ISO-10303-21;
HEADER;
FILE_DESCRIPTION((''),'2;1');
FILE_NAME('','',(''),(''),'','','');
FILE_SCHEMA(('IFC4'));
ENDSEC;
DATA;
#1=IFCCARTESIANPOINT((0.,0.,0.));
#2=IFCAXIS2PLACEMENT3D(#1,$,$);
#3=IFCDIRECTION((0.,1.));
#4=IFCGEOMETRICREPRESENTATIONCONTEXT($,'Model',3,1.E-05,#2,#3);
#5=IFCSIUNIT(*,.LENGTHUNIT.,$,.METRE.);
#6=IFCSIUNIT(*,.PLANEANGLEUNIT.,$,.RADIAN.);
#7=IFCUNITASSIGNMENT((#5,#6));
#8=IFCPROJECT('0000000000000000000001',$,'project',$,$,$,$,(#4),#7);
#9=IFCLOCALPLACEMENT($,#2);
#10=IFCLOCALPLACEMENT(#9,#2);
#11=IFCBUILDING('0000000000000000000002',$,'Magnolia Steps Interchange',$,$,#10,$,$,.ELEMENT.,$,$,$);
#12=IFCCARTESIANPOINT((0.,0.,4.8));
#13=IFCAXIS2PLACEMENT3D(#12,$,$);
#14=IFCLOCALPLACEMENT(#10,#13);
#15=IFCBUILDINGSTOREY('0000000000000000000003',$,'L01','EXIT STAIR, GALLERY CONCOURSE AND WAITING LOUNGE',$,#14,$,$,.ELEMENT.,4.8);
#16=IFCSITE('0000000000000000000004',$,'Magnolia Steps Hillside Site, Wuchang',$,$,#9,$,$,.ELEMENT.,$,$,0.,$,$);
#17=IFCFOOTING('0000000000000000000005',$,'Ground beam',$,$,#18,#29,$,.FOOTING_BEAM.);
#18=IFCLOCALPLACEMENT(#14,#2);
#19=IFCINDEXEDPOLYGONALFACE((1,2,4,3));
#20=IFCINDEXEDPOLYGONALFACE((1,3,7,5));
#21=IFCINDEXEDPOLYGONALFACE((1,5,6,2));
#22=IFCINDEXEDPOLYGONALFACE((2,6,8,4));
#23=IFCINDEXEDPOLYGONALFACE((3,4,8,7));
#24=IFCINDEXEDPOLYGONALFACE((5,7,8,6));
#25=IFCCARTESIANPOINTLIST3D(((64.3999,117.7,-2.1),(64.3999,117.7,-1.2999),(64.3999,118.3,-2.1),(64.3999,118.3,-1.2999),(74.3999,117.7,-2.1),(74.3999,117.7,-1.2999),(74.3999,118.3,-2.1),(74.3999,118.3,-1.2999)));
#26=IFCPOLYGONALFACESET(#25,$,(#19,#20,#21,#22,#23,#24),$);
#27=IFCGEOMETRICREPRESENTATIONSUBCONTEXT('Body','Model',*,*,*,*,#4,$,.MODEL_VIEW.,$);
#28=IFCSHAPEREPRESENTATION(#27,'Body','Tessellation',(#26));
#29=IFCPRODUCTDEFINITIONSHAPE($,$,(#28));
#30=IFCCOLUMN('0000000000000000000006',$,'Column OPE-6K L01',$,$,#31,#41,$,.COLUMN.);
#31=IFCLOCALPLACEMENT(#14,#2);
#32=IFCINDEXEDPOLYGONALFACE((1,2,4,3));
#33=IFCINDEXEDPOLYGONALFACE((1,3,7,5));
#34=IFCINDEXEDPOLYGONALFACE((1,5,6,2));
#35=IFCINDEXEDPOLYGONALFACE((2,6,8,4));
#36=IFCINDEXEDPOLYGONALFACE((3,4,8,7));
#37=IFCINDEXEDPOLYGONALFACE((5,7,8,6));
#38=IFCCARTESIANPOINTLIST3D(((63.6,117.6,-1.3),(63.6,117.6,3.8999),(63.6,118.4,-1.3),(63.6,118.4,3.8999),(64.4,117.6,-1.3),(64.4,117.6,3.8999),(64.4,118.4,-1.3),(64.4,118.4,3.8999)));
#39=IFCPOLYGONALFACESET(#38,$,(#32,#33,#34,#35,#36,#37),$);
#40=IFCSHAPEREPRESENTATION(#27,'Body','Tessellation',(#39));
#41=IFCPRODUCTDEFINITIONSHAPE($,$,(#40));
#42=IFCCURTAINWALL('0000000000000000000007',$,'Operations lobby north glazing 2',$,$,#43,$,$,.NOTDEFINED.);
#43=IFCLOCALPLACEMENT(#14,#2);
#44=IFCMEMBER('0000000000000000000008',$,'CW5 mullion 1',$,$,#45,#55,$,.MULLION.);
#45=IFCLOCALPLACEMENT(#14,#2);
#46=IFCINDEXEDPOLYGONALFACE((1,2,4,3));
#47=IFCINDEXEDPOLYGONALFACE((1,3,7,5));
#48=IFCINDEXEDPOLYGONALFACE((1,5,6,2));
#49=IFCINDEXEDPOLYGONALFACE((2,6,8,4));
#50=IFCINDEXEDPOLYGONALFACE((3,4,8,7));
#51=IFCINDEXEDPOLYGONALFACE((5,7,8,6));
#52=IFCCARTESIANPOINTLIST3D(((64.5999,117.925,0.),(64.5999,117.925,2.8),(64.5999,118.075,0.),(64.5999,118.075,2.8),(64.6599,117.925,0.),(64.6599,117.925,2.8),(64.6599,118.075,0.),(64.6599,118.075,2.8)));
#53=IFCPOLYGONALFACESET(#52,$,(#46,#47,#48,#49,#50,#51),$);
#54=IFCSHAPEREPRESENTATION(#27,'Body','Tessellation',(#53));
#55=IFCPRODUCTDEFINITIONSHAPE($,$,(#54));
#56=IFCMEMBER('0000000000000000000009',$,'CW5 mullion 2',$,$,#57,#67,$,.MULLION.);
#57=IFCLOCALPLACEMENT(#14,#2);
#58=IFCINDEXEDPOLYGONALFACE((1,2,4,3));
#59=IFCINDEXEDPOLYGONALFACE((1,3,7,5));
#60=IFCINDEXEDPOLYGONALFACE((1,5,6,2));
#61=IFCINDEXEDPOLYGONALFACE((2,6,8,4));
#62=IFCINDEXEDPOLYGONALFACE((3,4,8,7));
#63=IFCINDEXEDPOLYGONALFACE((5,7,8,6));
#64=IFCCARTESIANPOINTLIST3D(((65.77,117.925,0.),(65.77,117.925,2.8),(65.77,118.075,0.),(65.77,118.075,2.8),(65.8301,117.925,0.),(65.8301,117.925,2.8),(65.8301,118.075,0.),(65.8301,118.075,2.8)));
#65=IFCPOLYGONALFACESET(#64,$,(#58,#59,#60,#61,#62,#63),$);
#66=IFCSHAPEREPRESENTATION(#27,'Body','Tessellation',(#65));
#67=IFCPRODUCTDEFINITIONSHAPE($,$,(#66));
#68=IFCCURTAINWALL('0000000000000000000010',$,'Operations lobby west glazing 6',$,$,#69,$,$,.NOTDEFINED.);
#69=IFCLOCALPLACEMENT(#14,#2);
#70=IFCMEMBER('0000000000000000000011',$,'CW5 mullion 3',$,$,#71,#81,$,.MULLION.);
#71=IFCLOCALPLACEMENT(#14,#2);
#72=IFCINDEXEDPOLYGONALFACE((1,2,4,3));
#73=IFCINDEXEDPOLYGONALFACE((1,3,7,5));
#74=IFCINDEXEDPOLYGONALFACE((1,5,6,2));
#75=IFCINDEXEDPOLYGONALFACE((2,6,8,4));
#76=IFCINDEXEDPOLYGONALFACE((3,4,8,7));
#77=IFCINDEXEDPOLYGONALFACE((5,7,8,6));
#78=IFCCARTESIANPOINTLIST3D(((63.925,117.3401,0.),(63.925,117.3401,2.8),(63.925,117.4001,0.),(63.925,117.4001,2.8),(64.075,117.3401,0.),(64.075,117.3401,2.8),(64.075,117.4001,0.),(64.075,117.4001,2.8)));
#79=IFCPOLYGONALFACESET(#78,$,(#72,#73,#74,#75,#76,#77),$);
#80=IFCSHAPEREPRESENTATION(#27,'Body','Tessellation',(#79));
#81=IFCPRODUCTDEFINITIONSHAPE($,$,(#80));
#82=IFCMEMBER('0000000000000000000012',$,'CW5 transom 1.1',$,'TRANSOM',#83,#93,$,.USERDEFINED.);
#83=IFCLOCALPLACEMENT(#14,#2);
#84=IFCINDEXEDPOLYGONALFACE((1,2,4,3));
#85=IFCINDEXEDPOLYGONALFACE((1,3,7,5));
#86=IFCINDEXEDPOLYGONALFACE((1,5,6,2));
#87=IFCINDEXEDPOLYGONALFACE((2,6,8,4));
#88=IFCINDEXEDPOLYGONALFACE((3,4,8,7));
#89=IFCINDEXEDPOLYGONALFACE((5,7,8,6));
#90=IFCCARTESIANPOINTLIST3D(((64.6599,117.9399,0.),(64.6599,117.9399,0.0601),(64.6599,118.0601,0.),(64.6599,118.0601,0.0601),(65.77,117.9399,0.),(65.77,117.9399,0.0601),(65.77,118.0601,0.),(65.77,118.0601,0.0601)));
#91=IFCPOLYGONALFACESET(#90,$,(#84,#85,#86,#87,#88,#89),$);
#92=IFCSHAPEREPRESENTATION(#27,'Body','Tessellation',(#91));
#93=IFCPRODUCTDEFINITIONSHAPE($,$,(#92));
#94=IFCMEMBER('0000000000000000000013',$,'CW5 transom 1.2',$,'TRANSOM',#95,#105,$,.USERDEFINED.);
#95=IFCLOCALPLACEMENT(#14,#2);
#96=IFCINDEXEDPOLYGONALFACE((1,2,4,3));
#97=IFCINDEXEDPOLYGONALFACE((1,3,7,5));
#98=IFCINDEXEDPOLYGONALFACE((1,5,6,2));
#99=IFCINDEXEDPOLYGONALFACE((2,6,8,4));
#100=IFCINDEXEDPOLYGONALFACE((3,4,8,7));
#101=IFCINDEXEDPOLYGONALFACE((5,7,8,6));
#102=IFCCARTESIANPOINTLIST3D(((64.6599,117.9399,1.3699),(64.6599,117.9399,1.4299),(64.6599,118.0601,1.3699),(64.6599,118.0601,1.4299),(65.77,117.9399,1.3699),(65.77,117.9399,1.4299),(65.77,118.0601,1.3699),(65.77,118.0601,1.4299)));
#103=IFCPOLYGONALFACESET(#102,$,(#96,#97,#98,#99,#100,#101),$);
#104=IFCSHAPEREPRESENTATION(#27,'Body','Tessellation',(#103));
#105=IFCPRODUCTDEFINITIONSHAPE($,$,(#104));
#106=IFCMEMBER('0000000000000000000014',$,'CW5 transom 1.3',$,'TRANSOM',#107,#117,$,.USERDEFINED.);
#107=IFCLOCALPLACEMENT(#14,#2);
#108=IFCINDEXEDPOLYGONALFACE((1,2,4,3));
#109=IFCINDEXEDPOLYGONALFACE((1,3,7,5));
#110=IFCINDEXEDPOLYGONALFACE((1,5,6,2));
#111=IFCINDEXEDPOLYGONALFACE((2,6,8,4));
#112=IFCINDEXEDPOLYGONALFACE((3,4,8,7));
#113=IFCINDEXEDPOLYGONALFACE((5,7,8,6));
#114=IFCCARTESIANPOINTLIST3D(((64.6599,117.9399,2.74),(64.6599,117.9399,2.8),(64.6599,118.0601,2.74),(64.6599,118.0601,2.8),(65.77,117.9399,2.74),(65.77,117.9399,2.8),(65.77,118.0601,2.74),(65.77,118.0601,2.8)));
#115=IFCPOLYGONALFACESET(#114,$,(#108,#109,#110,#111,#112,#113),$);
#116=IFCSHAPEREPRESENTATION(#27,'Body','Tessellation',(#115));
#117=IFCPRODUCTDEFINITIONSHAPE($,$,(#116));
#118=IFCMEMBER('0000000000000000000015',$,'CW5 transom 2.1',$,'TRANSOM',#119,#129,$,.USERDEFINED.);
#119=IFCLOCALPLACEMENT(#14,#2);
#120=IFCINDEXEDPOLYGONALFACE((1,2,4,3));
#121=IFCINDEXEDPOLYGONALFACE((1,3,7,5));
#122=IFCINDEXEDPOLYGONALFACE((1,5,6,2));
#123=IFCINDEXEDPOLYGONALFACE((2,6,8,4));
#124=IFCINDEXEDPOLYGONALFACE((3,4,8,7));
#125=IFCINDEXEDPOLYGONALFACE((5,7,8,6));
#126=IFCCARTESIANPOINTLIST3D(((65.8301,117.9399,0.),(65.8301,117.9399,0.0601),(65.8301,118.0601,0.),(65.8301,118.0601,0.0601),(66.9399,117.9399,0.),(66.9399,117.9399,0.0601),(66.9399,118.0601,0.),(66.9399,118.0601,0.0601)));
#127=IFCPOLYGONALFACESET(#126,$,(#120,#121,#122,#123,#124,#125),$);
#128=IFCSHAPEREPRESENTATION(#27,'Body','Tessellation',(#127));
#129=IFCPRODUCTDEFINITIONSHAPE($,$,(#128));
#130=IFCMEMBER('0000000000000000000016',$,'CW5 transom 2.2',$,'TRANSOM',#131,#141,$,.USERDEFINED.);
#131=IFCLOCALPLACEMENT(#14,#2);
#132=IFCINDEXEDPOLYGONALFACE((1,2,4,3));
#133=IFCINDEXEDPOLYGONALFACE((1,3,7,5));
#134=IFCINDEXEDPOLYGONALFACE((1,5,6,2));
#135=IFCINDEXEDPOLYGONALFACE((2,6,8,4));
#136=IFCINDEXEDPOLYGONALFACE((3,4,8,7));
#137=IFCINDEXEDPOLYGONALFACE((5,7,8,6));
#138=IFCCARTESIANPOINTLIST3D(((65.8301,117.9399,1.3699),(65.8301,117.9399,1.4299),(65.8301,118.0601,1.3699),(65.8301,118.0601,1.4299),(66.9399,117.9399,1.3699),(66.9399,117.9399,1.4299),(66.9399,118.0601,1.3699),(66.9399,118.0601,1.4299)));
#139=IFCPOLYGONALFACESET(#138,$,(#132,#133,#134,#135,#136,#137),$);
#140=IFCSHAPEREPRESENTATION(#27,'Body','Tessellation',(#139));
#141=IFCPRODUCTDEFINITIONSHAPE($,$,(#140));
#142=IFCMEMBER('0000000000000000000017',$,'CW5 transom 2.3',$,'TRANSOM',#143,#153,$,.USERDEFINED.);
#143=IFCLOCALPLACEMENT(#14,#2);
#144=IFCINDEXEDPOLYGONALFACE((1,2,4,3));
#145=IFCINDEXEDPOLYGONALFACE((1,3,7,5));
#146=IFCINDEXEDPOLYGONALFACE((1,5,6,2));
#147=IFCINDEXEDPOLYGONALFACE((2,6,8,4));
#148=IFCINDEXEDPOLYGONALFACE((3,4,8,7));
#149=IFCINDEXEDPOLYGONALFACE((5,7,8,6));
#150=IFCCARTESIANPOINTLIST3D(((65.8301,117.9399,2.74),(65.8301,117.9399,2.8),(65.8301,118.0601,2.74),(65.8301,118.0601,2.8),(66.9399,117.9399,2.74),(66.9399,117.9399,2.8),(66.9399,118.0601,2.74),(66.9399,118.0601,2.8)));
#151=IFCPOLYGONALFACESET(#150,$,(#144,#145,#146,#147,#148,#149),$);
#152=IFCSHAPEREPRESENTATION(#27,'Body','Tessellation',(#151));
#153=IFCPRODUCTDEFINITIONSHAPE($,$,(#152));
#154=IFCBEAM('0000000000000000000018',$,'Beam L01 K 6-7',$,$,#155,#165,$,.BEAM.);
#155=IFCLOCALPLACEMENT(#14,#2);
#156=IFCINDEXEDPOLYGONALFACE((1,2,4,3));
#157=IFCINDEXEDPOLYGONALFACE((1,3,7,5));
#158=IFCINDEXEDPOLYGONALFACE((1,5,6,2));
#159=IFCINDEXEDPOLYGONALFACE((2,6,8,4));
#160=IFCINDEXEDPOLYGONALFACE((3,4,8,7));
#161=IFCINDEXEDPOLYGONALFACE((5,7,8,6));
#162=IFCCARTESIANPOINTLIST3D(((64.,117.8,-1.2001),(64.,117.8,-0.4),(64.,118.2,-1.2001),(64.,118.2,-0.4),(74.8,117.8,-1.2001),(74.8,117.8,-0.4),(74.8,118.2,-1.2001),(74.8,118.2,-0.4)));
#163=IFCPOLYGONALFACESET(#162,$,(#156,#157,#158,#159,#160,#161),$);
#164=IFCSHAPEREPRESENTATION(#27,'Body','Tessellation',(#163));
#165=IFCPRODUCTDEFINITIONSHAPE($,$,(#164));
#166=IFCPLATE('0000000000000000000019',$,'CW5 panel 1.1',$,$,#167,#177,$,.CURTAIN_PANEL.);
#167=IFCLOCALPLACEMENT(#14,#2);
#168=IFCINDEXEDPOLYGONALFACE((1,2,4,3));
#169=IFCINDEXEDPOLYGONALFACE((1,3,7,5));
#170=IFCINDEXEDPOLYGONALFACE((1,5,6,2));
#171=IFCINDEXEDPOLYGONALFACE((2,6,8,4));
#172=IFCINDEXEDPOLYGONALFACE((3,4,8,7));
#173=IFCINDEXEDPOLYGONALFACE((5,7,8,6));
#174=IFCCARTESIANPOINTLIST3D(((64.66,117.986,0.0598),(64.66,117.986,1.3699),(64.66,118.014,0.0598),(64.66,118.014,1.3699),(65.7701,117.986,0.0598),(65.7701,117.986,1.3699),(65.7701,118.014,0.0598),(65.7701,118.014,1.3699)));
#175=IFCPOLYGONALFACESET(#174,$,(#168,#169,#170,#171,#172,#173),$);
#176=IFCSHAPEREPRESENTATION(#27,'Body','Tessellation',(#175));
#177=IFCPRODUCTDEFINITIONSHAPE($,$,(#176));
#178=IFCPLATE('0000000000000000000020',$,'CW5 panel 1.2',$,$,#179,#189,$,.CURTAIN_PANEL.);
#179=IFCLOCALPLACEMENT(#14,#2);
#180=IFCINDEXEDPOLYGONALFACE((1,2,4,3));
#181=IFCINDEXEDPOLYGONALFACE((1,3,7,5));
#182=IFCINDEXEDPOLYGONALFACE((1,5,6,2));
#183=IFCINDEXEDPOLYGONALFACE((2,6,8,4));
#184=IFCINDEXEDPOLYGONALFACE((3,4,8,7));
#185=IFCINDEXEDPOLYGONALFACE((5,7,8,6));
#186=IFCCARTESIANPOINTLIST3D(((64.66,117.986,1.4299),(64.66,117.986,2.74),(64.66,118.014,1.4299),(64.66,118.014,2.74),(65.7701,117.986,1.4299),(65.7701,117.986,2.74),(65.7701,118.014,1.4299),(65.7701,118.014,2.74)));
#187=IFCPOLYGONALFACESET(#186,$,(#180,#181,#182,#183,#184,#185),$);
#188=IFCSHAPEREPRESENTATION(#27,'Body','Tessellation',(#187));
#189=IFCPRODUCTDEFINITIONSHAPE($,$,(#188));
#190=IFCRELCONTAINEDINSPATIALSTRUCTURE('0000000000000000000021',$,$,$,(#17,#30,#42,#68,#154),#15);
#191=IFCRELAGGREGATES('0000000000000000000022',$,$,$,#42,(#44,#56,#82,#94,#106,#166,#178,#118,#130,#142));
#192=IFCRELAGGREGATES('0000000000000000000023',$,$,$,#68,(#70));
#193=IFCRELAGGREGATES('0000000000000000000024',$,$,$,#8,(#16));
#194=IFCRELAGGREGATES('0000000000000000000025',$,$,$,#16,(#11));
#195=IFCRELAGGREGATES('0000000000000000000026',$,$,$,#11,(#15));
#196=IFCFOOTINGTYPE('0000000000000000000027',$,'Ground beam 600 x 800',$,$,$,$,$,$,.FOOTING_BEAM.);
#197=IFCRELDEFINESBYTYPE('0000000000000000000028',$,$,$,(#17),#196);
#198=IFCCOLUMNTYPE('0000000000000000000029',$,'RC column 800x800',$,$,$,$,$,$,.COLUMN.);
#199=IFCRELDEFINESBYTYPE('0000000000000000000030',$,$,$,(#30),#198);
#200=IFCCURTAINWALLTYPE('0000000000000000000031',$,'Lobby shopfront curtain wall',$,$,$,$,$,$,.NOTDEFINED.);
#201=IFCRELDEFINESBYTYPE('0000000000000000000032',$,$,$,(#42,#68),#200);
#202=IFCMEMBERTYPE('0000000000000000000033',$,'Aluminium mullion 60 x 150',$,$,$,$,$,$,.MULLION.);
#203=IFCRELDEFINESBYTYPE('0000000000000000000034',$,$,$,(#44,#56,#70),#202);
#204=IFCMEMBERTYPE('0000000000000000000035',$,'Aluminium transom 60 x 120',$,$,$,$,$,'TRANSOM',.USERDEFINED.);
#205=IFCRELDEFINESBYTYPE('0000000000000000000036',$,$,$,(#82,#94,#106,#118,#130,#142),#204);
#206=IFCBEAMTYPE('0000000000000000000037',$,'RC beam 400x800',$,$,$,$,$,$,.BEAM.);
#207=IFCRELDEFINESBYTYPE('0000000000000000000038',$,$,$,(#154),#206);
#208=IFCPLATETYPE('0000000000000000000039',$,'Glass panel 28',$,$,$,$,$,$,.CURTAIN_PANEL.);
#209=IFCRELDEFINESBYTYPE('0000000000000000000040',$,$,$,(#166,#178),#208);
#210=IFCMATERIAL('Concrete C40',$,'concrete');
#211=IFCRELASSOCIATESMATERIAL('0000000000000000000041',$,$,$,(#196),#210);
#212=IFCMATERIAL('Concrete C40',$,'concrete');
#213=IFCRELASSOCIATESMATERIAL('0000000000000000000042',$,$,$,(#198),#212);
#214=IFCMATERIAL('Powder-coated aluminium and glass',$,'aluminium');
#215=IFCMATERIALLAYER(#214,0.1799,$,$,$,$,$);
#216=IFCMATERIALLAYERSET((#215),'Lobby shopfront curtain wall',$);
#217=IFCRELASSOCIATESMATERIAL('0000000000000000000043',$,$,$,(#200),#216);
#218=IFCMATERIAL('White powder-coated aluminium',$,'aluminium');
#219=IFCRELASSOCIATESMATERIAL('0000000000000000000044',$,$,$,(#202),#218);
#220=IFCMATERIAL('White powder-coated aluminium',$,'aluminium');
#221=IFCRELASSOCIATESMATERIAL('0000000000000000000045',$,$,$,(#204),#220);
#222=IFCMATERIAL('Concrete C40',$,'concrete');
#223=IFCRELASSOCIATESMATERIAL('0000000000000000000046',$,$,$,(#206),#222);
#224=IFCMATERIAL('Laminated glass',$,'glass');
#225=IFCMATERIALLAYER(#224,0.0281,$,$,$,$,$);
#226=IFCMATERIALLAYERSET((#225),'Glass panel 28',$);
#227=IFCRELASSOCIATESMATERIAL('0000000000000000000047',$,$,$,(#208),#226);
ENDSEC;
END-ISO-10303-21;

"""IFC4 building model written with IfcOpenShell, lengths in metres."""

from ifc_helpers import new_model, si_unit, direction, frame, origin, origin_2d, place, context, subcontext, project, spatial, rectangle, extrude, material, layer, layer_set, material_profile, profile_set, type_object, element, aggregate, save


model = new_model("IFC4")

# Units and contexts
model_context = context("Model", 3, precision=1e-05, world=origin(), true_north=direction((0.0, 1.0)))
body_context = subcontext(model_context, "Body", "Model", "MODEL_VIEW")
ifc_project = project(units=[si_unit("LENGTHUNIT", "METRE"), si_unit("PLANEANGLEUNIT", "RADIAN")], contexts=[model_context])

# Site, building, storey
site_placement = place(None, origin())
site = spatial("IfcSite", under=ifc_project, at=site_placement, Name="Magnolia Steps Hillside Site, Wuchang", CompositionType="ELEMENT", RefElevation=0.0)
building_placement = place(site_placement, origin())
building = spatial("IfcBuilding", under=site, at=building_placement, Name="Magnolia Steps Interchange", CompositionType="ELEMENT")
storey_placement = place(building_placement, frame((0.0, 0.0, 4.8)))
storey = spatial("IfcBuildingStorey", under=building, at=storey_placement, Name="L01", Description="EXIT STAIR, GALLERY CONCOURSE AND WAITING LOUNGE", CompositionType="ELEMENT", Elevation=4.8)

# Footing
ifc_material_1 = material(Name="Concrete C40", Category="concrete")
ifc_material_profile_1 = material_profile(ifc_material_1, rectangle(XDim=0.6001, YDim=0.8, at=origin_2d()), Name="RC600x800")
ifc_profile_set_1 = profile_set([ifc_material_profile_1], Name="Concrete C40")
footing_type = type_object("IfcFootingType", Name="Ground beam 600 x 800", PredefinedType="FOOTING_BEAM", material=ifc_profile_set_1)
footing_placement = place(storey_placement, frame((64.3999, 118.0, -1.7), z_axis=(1.0, 0.0, 0.0), x_axis=(0.0, 1.0, 0.0)))
element("IfcFooting", 1, at=footing_placement, inside=storey, type_object=footing_type, Name="Ground beam", PredefinedType="FOOTING_BEAM", context=body_context, shape_type="SweptSolid", body=[
    extrude(rectangle(XDim=0.6001, YDim=0.8, at=origin_2d()), origin(), (0.0, 0.0, 1.0), 10.0),
])

# Column
ifc_material_2 = material(Name="Concrete C40", Category="concrete")
ifc_material_profile_2 = material_profile(ifc_material_2, rectangle(XDim=0.8, YDim=0.8, at=origin_2d()), Name="RC800x800")
ifc_profile_set_2 = profile_set([ifc_material_profile_2], Name="Concrete C40")
column_type = type_object("IfcColumnType", Name="RC column 800x800", PredefinedType="COLUMN", material=ifc_profile_set_2)
column_placement = place(storey_placement, frame((64.0, 118.0, -1.3), z_axis=(0.0, 0.0, 1.0), x_axis=(1.0, 0.0, 0.0)))
element("IfcColumn", 2, at=column_placement, inside=storey, type_object=column_type, Name="Column OPE-6K L01", PredefinedType="COLUMN", context=body_context, shape_type="SweptSolid", body=[
    extrude(rectangle(XDim=0.8, YDim=0.8, at=origin_2d()), origin(), (0.0, 0.0, 1.0), 5.2),
])

# Curtain wall, members
ifc_material_3 = material(Name="Powder-coated aluminium and glass", Category="aluminium")
ifc_layer_1 = layer(ifc_material_3, 0.1799)
ifc_layer_set_1 = layer_set([ifc_layer_1], Name="Lobby shopfront curtain wall")
curtain_wall_type = type_object("IfcCurtainWallType", Name="Lobby shopfront curtain wall", PredefinedType="NOTDEFINED", material=ifc_layer_set_1)
curtain_wall_1_placement = place(storey_placement, origin())
curtain_wall_1 = element("IfcCurtainWall", 3, at=curtain_wall_1_placement, inside=storey, type_object=curtain_wall_type, Name="Operations lobby north glazing 2", PredefinedType="NOTDEFINED")
ifc_material_4 = material(Name="White powder-coated aluminium", Category="aluminium")
ifc_material_profile_3 = material_profile(ifc_material_4, rectangle(XDim=0.0601, YDim=0.1499, at=origin_2d()), Name="Aluminium mullion 60 x 150")
ifc_profile_set_3 = profile_set([ifc_material_profile_3], Name="White powder-coated aluminium")
member_type_1 = type_object("IfcMemberType", Name="Aluminium mullion 60 x 150", PredefinedType="MULLION", material=ifc_profile_set_3)
member_1_placement = place(storey_placement, frame((64.6299, 118.0, 0.0), z_axis=(0.0, 0.0, 1.0), x_axis=(1.0, 0.0, 0.0)))
member_1 = element("IfcMember", 4, at=member_1_placement, type_object=member_type_1, Name="CW5 mullion 1", PredefinedType="MULLION", context=body_context, shape_type="SweptSolid", body=[
    extrude(rectangle(XDim=0.0601, YDim=0.1499, at=origin_2d()), origin(), (0.0, 0.0, 1.0), 2.8),
])
member_2_placement = place(storey_placement, frame((65.8, 118.0, 0.0), z_axis=(0.0, 0.0, 1.0), x_axis=(1.0, 0.0, 0.0)))
member_2 = element("IfcMember", 5, at=member_2_placement, type_object=member_type_1, Name="CW5 mullion 2", PredefinedType="MULLION", context=body_context, shape_type="SweptSolid", body=[
    extrude(rectangle(XDim=0.0601, YDim=0.1499, at=origin_2d()), origin(), (0.0, 0.0, 1.0), 2.8),
])

# Curtain wall, member
curtain_wall_2_placement = place(storey_placement, origin())
curtain_wall_2 = element("IfcCurtainWall", 6, at=curtain_wall_2_placement, inside=storey, type_object=curtain_wall_type, Name="Operations lobby west glazing 6", PredefinedType="NOTDEFINED")
member_3_placement = place(storey_placement, frame((64.0, 117.3701, 0.0), z_axis=(0.0, 0.0, 1.0), x_axis=(0.0, 1.0, 0.0)))
member_3 = element("IfcMember", 7, at=member_3_placement, type_object=member_type_1, Name="CW5 mullion 3", PredefinedType="MULLION", context=body_context, shape_type="SweptSolid", body=[
    extrude(rectangle(XDim=0.0601, YDim=0.1499, at=origin_2d()), origin(), (0.0, 0.0, 1.0), 2.8),
])

# Members
ifc_material_5 = material(Name="White powder-coated aluminium", Category="aluminium")
ifc_material_profile_4 = material_profile(ifc_material_5, rectangle(XDim=0.0601, YDim=0.1201, at=origin_2d()), Name="Aluminium transom 60 x 120")
ifc_profile_set_4 = profile_set([ifc_material_profile_4], Name="White powder-coated aluminium")
member_type_2 = type_object("IfcMemberType", Name="Aluminium transom 60 x 120", ElementType="TRANSOM", PredefinedType="USERDEFINED", material=ifc_profile_set_4)
member_4_placement = place(storey_placement, frame((64.6599, 118.0, 0.03), z_axis=(1.0, 0.0, 0.0), x_axis=(0.0, 0.0, 1.0)))
member_4 = element("IfcMember", 8, at=member_4_placement, type_object=member_type_2, Name="CW5 transom 1.1", ObjectType="TRANSOM", PredefinedType="USERDEFINED", context=body_context, shape_type="SweptSolid", body=[
    extrude(rectangle(XDim=0.0601, YDim=0.1201, at=origin_2d()), origin(), (0.0, 0.0, 1.0), 1.1101),
])
member_5_placement = place(storey_placement, frame((64.6599, 118.0, 1.3999), z_axis=(1.0, 0.0, 0.0), x_axis=(0.0, 0.0, 1.0)))
member_5 = element("IfcMember", 9, at=member_5_placement, type_object=member_type_2, Name="CW5 transom 1.2", ObjectType="TRANSOM", PredefinedType="USERDEFINED", context=body_context, shape_type="SweptSolid", body=[
    extrude(rectangle(XDim=0.0601, YDim=0.1201, at=origin_2d()), origin(), (0.0, 0.0, 1.0), 1.1101),
])
member_6_placement = place(storey_placement, frame((64.6599, 118.0, 2.77), z_axis=(1.0, 0.0, 0.0), x_axis=(0.0, 0.0, 1.0)))
member_6 = element("IfcMember", 10, at=member_6_placement, type_object=member_type_2, Name="CW5 transom 1.3", ObjectType="TRANSOM", PredefinedType="USERDEFINED", context=body_context, shape_type="SweptSolid", body=[
    extrude(rectangle(XDim=0.0601, YDim=0.1201, at=origin_2d()), origin(), (0.0, 0.0, 1.0), 1.1101),
])
member_7_placement = place(storey_placement, frame((65.8301, 118.0, 0.03), z_axis=(1.0, 0.0, 0.0), x_axis=(0.0, 0.0, 1.0)))
member_7 = element("IfcMember", 11, at=member_7_placement, type_object=member_type_2, Name="CW5 transom 2.1", ObjectType="TRANSOM", PredefinedType="USERDEFINED", context=body_context, shape_type="SweptSolid", body=[
    extrude(rectangle(XDim=0.0601, YDim=0.1201, at=origin_2d()), origin(), (0.0, 0.0, 1.0), 1.1099),
])
member_8_placement = place(storey_placement, frame((65.8301, 118.0, 1.3999), z_axis=(1.0, 0.0, 0.0), x_axis=(0.0, 0.0, 1.0)))
member_8 = element("IfcMember", 12, at=member_8_placement, type_object=member_type_2, Name="CW5 transom 2.2", ObjectType="TRANSOM", PredefinedType="USERDEFINED", context=body_context, shape_type="SweptSolid", body=[
    extrude(rectangle(XDim=0.0601, YDim=0.1201, at=origin_2d()), origin(), (0.0, 0.0, 1.0), 1.1099),
])
member_9_placement = place(storey_placement, frame((65.8301, 118.0, 2.77), z_axis=(1.0, 0.0, 0.0), x_axis=(0.0, 0.0, 1.0)))
member_9 = element("IfcMember", 13, at=member_9_placement, type_object=member_type_2, Name="CW5 transom 2.3", ObjectType="TRANSOM", PredefinedType="USERDEFINED", context=body_context, shape_type="SweptSolid", body=[
    extrude(rectangle(XDim=0.0601, YDim=0.1201, at=origin_2d()), origin(), (0.0, 0.0, 1.0), 1.1099),
])

# Beam
ifc_material_6 = material(Name="Concrete C40", Category="concrete")
ifc_material_profile_5 = material_profile(ifc_material_6, rectangle(XDim=0.3999, YDim=0.8, at=origin_2d()), Name="RC400x800")
ifc_profile_set_5 = profile_set([ifc_material_profile_5], Name="Concrete C40")
beam_type = type_object("IfcBeamType", Name="RC beam 400x800", PredefinedType="BEAM", material=ifc_profile_set_5)
beam_placement = place(storey_placement, frame((64.0, 118.0, -0.8), z_axis=(1.0, 0.0, 0.0), x_axis=(0.0, 1.0, 0.0)))
element("IfcBeam", 14, at=beam_placement, inside=storey, type_object=beam_type, Name="Beam L01 K 6-7", PredefinedType="BEAM", context=body_context, shape_type="SweptSolid", body=[
    extrude(rectangle(XDim=0.3999, YDim=0.8, at=origin_2d()), origin(), (0.0, 0.0, 1.0), 10.8),
])

# Plates
ifc_material_7 = material(Name="Laminated glass", Category="glass")
ifc_layer_2 = layer(ifc_material_7, 0.0281)
ifc_layer_set_2 = layer_set([ifc_layer_2], Name="Glass panel 28")
plate_type = type_object("IfcPlateType", Name="Glass panel 28", PredefinedType="CURTAIN_PANEL", material=ifc_layer_set_2)
plate_1_placement = place(storey_placement, frame((65.2151, 118.0, 0.0598), z_axis=(0.0, 0.0, 1.0), x_axis=(1.0, 0.0, 0.0)))
plate_1 = element("IfcPlate", 15, at=plate_1_placement, type_object=plate_type, Name="CW5 panel 1.1", PredefinedType="CURTAIN_PANEL", context=body_context, shape_type="SweptSolid", body=[
    extrude(rectangle(XDim=1.1101, YDim=0.0281, at=origin_2d()), origin(), (0.0, 0.0, 1.0), 1.3101),
])
plate_2_placement = place(storey_placement, frame((65.2151, 118.0, 1.4299), z_axis=(0.0, 0.0, 1.0), x_axis=(1.0, 0.0, 0.0)))
plate_2 = element("IfcPlate", 16, at=plate_2_placement, type_object=plate_type, Name="CW5 panel 1.2", PredefinedType="CURTAIN_PANEL", context=body_context, shape_type="SweptSolid", body=[
    extrude(rectangle(XDim=1.1101, YDim=0.0281, at=origin_2d()), origin(), (0.0, 0.0, 1.0), 1.3101),
])
aggregate(curtain_wall_1, [member_1, member_2, member_4, member_5, member_6, plate_1, plate_2, member_7, member_8, member_9])
aggregate(curtain_wall_2, [member_3])

save(model, "model.ifc")
